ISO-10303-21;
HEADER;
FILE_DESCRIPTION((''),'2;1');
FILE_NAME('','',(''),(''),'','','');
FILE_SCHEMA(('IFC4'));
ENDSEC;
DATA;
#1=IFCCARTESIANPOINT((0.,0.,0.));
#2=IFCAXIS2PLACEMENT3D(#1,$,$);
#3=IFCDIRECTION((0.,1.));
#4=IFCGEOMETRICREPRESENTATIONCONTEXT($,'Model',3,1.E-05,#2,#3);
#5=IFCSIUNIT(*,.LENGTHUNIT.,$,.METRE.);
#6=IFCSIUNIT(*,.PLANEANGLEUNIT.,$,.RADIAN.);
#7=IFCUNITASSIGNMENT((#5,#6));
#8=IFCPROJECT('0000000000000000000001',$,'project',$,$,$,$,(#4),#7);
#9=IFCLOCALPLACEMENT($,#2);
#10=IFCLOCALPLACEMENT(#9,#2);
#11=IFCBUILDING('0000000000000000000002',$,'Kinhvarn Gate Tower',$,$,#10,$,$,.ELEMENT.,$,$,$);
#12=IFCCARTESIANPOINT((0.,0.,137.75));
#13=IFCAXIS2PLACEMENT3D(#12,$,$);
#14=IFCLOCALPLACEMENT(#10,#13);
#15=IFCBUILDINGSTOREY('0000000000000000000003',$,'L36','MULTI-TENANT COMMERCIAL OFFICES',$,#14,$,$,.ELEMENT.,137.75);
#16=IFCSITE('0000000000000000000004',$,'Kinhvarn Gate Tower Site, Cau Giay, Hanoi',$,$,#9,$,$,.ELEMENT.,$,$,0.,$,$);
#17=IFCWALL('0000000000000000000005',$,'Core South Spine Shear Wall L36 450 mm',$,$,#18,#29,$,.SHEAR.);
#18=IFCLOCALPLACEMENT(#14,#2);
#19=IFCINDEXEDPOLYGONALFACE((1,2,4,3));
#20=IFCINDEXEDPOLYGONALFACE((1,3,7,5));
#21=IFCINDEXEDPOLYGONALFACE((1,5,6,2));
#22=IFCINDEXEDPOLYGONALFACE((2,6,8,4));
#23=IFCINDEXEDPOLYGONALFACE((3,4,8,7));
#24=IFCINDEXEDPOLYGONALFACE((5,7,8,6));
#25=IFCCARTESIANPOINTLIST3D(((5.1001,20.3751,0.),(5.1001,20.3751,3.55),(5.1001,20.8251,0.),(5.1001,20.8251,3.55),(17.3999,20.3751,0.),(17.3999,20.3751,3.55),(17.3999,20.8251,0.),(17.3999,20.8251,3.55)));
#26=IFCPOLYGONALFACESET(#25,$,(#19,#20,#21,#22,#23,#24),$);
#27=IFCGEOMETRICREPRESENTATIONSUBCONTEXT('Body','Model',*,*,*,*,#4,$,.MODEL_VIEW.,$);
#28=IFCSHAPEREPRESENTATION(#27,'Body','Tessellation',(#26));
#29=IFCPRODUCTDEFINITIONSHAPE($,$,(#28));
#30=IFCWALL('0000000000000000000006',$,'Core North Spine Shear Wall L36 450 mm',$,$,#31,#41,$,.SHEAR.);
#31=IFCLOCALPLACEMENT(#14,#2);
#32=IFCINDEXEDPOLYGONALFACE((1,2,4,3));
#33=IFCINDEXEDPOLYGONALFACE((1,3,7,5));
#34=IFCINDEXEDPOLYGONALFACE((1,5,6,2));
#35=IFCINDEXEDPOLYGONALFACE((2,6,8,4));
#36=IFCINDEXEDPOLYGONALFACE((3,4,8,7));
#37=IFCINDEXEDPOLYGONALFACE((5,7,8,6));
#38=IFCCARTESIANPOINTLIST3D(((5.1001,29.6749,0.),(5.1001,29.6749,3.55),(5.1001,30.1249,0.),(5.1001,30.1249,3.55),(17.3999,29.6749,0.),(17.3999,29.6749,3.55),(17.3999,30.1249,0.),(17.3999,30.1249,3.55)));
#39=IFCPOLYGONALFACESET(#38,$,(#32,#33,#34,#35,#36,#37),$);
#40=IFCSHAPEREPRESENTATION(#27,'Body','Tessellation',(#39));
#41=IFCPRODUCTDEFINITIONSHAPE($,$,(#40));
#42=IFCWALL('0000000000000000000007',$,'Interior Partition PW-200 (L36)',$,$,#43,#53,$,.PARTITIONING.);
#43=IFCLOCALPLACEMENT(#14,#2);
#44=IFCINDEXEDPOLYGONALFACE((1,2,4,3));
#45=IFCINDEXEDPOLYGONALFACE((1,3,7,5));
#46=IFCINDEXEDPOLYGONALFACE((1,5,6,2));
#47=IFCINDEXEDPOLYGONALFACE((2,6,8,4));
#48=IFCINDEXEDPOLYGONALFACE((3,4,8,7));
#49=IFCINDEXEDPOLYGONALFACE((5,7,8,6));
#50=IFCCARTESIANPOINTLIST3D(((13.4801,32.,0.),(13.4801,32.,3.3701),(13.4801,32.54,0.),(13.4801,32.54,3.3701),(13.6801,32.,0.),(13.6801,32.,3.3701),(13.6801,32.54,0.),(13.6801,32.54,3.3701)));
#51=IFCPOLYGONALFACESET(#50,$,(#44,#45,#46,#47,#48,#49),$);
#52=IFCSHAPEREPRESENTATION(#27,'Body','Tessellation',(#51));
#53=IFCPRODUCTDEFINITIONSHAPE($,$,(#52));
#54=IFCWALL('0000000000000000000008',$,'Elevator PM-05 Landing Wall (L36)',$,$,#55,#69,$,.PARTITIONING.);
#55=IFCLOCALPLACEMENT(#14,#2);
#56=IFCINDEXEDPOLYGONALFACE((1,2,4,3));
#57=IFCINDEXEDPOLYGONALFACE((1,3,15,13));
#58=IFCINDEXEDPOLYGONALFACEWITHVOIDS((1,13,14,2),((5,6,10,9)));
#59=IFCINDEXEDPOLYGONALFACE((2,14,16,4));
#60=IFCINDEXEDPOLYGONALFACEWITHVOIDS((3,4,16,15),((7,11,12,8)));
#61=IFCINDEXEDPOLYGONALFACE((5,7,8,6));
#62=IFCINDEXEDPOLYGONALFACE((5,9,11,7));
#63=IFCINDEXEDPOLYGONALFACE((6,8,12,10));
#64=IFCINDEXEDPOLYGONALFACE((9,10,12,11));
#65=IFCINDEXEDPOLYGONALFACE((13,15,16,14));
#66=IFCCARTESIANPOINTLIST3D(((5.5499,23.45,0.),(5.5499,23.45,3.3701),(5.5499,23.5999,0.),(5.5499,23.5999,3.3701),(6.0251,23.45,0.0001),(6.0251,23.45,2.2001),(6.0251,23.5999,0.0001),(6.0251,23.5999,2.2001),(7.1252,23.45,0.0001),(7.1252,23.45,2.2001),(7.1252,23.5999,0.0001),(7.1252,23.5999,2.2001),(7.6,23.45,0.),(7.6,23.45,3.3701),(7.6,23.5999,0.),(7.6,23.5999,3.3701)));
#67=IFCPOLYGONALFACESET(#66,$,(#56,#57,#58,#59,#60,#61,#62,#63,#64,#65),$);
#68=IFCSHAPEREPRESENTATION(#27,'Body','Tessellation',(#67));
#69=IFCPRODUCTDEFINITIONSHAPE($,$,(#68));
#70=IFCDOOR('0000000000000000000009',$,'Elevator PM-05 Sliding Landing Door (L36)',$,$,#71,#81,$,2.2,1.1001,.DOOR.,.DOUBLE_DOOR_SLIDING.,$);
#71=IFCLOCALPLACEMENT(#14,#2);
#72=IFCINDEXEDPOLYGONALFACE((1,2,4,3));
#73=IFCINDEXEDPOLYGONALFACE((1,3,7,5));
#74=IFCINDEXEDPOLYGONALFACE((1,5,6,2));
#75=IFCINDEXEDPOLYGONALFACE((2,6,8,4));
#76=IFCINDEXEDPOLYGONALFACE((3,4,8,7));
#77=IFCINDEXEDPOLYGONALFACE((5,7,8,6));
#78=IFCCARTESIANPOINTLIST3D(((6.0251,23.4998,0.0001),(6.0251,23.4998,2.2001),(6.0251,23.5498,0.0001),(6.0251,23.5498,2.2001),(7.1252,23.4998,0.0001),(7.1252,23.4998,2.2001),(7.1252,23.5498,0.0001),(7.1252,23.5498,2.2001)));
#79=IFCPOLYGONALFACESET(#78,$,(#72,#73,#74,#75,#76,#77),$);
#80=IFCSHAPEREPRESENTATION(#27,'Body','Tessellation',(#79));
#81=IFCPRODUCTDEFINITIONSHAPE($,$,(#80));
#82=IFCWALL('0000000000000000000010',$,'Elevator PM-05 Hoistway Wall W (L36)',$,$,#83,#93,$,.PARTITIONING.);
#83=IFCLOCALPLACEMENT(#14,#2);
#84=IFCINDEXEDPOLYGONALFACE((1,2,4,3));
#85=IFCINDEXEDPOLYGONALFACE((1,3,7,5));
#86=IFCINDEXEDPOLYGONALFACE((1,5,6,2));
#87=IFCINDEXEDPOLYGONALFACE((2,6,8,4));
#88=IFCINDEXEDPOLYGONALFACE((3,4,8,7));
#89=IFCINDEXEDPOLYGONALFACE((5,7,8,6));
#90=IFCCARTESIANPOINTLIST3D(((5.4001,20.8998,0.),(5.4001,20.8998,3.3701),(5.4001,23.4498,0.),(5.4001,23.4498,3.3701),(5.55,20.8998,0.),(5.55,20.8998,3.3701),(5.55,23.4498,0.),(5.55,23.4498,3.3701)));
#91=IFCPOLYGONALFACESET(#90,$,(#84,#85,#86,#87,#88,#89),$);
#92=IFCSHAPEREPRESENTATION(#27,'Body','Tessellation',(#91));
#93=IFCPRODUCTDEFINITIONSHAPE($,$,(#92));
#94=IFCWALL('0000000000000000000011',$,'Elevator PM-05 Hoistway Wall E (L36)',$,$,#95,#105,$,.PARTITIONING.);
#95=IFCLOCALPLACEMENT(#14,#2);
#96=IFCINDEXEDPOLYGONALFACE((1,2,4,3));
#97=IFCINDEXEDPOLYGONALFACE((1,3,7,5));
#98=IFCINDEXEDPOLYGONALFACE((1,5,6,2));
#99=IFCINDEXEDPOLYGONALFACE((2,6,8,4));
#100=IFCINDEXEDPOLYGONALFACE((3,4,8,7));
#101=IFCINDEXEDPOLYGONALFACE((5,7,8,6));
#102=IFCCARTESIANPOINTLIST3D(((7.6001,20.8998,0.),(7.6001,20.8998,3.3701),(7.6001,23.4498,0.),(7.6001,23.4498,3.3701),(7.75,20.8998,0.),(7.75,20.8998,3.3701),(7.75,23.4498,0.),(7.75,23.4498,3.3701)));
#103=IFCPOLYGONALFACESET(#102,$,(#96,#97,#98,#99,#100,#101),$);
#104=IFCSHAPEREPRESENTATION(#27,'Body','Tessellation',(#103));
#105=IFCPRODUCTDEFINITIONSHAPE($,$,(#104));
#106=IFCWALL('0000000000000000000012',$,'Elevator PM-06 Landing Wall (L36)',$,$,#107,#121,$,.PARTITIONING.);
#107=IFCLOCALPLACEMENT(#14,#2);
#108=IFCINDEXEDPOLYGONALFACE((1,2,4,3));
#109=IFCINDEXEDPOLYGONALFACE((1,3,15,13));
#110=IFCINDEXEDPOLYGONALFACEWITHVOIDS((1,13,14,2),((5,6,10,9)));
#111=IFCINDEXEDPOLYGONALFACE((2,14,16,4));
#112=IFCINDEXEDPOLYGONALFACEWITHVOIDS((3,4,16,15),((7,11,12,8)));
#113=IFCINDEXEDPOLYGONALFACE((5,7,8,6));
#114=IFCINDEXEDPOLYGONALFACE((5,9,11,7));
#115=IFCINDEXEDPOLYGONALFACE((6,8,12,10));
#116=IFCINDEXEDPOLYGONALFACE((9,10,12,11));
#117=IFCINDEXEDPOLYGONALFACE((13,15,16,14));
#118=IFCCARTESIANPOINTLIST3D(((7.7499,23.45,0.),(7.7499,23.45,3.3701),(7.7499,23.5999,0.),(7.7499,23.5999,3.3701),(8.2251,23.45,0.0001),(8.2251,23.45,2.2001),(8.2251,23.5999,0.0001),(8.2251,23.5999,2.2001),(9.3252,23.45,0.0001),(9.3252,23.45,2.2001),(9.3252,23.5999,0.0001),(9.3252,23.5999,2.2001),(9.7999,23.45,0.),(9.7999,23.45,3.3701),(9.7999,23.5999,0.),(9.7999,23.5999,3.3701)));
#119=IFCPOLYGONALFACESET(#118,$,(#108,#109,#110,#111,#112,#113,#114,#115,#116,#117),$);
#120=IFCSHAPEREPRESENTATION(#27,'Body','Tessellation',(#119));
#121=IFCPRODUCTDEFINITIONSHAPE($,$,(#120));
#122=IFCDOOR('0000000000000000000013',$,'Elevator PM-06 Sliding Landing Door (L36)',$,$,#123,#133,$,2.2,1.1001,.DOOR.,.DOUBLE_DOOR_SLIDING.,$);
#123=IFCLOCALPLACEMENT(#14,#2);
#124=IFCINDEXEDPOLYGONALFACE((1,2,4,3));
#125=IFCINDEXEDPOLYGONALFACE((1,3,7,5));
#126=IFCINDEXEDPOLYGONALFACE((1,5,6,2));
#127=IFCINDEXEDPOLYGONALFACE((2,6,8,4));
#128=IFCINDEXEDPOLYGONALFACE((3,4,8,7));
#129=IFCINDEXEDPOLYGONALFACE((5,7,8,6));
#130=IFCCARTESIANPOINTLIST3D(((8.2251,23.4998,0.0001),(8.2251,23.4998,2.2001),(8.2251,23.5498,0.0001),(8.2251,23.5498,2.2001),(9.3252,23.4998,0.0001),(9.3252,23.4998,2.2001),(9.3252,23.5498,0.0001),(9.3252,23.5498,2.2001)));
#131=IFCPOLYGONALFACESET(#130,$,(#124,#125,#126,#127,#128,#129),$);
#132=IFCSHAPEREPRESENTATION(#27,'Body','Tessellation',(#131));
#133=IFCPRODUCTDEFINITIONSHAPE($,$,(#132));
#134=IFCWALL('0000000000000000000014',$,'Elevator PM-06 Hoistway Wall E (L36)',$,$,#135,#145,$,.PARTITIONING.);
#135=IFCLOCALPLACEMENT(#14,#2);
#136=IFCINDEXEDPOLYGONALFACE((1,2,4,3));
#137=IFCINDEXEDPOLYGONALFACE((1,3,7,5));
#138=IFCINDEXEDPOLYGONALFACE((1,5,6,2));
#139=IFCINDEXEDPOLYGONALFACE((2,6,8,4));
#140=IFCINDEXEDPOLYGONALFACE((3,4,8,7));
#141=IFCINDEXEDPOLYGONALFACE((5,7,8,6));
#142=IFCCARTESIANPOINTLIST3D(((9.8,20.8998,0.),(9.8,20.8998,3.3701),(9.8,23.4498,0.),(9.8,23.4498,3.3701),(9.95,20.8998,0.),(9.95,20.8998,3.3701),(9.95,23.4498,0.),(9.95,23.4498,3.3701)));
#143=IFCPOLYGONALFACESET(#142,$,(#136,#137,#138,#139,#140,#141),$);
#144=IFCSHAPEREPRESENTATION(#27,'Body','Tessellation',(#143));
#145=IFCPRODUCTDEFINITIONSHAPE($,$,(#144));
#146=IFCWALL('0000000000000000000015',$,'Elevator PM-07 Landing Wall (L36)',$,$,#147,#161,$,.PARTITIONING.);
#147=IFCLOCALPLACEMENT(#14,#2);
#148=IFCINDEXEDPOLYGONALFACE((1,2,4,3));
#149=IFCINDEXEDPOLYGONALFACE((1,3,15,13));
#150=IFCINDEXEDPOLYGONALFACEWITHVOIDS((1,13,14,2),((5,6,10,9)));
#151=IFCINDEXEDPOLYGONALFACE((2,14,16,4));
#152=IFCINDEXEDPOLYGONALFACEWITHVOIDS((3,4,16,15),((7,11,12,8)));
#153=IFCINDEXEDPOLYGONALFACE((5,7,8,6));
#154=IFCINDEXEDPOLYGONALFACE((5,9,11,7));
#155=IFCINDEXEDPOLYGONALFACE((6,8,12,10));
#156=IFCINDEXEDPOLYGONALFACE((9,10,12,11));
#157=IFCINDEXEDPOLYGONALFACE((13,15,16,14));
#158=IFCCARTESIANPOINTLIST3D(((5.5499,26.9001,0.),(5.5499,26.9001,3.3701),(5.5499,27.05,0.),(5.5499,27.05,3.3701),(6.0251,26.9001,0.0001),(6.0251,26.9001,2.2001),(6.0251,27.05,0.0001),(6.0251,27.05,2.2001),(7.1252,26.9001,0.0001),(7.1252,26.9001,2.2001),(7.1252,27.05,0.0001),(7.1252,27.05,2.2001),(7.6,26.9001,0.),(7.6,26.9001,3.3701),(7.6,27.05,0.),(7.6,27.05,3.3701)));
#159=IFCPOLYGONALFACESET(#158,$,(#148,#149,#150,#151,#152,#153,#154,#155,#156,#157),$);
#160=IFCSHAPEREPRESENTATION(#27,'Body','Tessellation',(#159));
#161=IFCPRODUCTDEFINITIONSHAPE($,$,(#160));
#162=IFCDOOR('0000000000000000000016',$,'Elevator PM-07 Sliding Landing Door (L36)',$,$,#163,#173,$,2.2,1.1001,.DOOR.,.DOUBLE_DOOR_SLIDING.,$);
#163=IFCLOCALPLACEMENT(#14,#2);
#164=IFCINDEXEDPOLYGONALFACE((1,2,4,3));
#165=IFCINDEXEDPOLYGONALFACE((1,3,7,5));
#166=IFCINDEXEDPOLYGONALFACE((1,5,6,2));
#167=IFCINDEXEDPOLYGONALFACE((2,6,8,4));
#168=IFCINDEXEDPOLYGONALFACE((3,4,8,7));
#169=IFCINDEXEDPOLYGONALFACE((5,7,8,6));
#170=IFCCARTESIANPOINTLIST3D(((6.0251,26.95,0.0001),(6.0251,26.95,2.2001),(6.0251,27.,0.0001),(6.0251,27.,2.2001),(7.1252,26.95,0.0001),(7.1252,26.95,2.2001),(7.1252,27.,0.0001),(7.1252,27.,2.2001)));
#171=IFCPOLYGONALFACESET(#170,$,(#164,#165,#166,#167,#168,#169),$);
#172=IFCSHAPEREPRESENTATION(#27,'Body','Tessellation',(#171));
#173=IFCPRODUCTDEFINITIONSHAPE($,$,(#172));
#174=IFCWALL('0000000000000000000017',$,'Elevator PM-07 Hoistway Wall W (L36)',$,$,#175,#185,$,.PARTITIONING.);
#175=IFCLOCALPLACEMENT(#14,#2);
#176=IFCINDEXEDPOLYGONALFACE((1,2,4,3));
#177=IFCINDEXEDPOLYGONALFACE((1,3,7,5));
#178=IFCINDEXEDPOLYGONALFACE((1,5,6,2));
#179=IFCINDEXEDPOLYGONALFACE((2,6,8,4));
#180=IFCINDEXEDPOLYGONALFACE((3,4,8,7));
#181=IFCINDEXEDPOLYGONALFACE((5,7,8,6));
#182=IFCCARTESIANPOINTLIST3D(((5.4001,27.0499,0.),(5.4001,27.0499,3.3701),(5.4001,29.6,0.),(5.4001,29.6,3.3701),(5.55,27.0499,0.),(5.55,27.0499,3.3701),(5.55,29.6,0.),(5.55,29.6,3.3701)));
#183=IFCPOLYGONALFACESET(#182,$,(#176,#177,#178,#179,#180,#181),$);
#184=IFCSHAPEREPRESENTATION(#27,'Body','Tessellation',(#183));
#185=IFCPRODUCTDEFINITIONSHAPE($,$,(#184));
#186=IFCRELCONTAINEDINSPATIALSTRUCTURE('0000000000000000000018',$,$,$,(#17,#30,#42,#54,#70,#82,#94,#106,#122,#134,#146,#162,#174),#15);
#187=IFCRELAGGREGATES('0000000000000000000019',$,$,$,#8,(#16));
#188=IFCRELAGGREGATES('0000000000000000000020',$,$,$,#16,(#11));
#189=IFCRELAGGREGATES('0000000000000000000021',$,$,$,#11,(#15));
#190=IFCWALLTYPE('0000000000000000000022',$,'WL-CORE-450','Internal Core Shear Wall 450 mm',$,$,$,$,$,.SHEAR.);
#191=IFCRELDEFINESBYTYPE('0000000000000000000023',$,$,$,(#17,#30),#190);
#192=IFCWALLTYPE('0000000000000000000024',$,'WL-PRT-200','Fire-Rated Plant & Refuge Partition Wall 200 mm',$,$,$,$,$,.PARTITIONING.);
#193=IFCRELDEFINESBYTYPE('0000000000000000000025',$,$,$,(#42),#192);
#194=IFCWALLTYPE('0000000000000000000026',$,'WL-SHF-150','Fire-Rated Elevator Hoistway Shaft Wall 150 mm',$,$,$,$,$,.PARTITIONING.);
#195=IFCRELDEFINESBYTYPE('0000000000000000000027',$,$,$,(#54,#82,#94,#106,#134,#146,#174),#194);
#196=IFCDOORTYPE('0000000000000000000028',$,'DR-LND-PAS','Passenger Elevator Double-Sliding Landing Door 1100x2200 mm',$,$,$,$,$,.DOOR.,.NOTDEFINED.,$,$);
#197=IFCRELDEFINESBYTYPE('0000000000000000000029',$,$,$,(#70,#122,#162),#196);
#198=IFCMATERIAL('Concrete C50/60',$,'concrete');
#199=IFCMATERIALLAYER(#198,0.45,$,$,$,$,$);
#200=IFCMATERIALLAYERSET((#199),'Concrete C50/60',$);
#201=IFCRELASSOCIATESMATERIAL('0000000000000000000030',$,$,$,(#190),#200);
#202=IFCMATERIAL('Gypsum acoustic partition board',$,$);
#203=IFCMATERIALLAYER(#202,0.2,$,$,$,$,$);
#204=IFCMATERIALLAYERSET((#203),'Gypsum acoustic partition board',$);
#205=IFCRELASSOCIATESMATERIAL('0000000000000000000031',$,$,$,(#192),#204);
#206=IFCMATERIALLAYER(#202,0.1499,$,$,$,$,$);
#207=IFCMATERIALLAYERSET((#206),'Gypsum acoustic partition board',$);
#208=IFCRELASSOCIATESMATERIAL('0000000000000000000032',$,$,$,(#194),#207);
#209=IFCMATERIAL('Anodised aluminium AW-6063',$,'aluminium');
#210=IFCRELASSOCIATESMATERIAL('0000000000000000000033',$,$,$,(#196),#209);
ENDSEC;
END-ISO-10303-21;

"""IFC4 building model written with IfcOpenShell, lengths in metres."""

from ifc_helpers import new_model, si_unit, direction, frame, frame_2d, origin, place, context, subcontext, project, spatial, rectangle, extrude, material, layer, layer_set, type_object, element, fill, save


model = new_model("IFC4")

# Units and contexts
model_context = context("Model", 3, precision=1e-05, world=origin(), true_north=direction((0.0, 1.0)))
body_context = subcontext(model_context, "Body", "Model", "MODEL_VIEW")
ifc_project = project(units=[si_unit("LENGTHUNIT", "METRE"), si_unit("PLANEANGLEUNIT", "RADIAN")], contexts=[model_context])

# Site, building, storey
site_placement = place(None, origin())
site = spatial("IfcSite", under=ifc_project, at=site_placement, Name="Kinhvarn Gate Tower Site, Cau Giay, Hanoi", CompositionType="ELEMENT", RefElevation=0.0)
building_placement = place(site_placement, origin())
building = spatial("IfcBuilding", under=site, at=building_placement, Name="Kinhvarn Gate Tower", CompositionType="ELEMENT")
storey_placement = place(building_placement, frame((0.0, 0.0, 137.75)))
storey = spatial("IfcBuildingStorey", under=building, at=storey_placement, Name="L36", Description="MULTI-TENANT COMMERCIAL OFFICES", CompositionType="ELEMENT", Elevation=137.75)

# Walls
ifc_material_1 = material(Name="Concrete C50/60", Category="concrete")
ifc_layer_1 = layer(ifc_material_1, 0.45)
ifc_layer_set_1 = layer_set([ifc_layer_1], Name="Concrete C50/60")
wall_type_1 = type_object("IfcWallType", Name="WL-CORE-450", Description="Internal Core Shear Wall 450 mm", PredefinedType="SHEAR", material=ifc_layer_set_1)
for number, where, z_axis, x_axis, name in (
    (1, (5.1001, 20.6001, 0.0), (0.0, 0.0, 1.0), (1.0, 0.0, 0.0), "Core South Spine Shear Wall L36 450 mm"),
    (2, (5.1001, 29.8999, 0.0), (0.0, 0.0, 1.0), (1.0, 0.0, 0.0), "Core North Spine Shear Wall L36 450 mm"),
):
    element("IfcWall", number, at=place(storey_placement, frame(where, z_axis=z_axis, x_axis=x_axis)), inside=storey, type_object=wall_type_1, Name=name, PredefinedType="SHEAR", context=body_context, shape_type="SweptSolid", body=[
        extrude(rectangle(XDim=12.2998, YDim=0.45, at=frame_2d((6.1499, 0.0))), origin(), (0.0, 0.0, 1.0), 3.55),
    ])
ifc_material_2 = material(Name="Gypsum acoustic partition board")
ifc_layer_2 = layer(ifc_material_2, 0.2)
ifc_layer_set_2 = layer_set([ifc_layer_2], Name="Gypsum acoustic partition board")
wall_type_2 = type_object("IfcWallType", Name="WL-PRT-200", Description="Fire-Rated Plant & Refuge Partition Wall 200 mm", PredefinedType="PARTITIONING", material=ifc_layer_set_2)
wall_1_placement = place(storey_placement, frame((13.5801, 32.0, 0.0), z_axis=(0.0, 0.0, 1.0), x_axis=(0.0, 1.0, 0.0)))
element("IfcWall", 3, at=wall_1_placement, inside=storey, type_object=wall_type_2, Name="Interior Partition PW-200 (L36)", PredefinedType="PARTITIONING", context=body_context, shape_type="SweptSolid", body=[
    extrude(rectangle(XDim=0.54, YDim=0.2, at=frame_2d((0.27, 0.0))), origin(), (0.0, 0.0, 1.0), 3.3701),
])

# Wall, opening, door
ifc_layer_3 = layer(ifc_material_2, 0.1499)
ifc_layer_set_3 = layer_set([ifc_layer_3], Name="Gypsum acoustic partition board")
wall_type_3 = type_object("IfcWallType", Name="WL-SHF-150", Description="Fire-Rated Elevator Hoistway Shaft Wall 150 mm", PredefinedType="PARTITIONING", material=ifc_layer_set_3)
wall_2_placement = place(storey_placement, frame((5.55, 23.5249, 0.0), z_axis=(0.0, 0.0, 1.0), x_axis=(1.0, 0.0, 0.0)))
wall_2 = element("IfcWall", 4, at=wall_2_placement, inside=storey, type_object=wall_type_3, Name="Elevator PM-05 Landing Wall (L36)", PredefinedType="PARTITIONING", context=body_context, shape_type="SweptSolid", body=[
    extrude(rectangle(XDim=2.05, YDim=0.1499, at=frame_2d((1.0249, 0.0))), origin(), (0.0, 0.0, 1.0), 3.3701),
])
opening_1_placement = place(wall_2_placement, frame((0.4751, 0.0, 0.0)))
opening_1 = element("IfcOpeningElement", 5, at=opening_1_placement, cuts=wall_2, PredefinedType="OPENING", context=body_context, shape_type="SweptSolid", body=[
    extrude(rectangle(XDim=1.1001, YDim=2.2, at=frame_2d((0.55, 1.1001))), frame((0.0, 0.085, 0.0), z_axis=(0.0, -1.0, 0.0), x_axis=(1.0, 0.0, 0.0)), (0.0, 0.0, 1.0), 0.1699),
])
ifc_material_3 = material(Name="Anodised aluminium AW-6063", Category="aluminium")
door_type_1 = type_object("IfcDoorType", Name="DR-LND-PAS", Description="Passenger Elevator Double-Sliding Landing Door 1100x2200 mm", OperationType="NOTDEFINED", PredefinedType="DOOR", material=ifc_material_3)
door_1_placement = place(opening_1_placement, origin())
door_1 = element("IfcDoor", 6, at=door_1_placement, inside=storey, type_object=door_type_1, Name="Elevator PM-05 Sliding Landing Door (L36)", OperationType="DOUBLE_DOOR_SLIDING", OverallHeight=2.2, OverallWidth=1.1001, PredefinedType="DOOR", context=body_context, shape_type="SweptSolid", body=[
    extrude(rectangle(XDim=1.1001, YDim=2.2, at=frame_2d((0.55, 1.1001))), frame((0.0, 0.0249, 0.0), z_axis=(0.0, -1.0, 0.0), x_axis=(1.0, 0.0, 0.0)), (0.0, 0.0, 1.0), 0.05),
])
fill(opening_1, door_1)

# Walls
for number, where, z_axis, x_axis, name in (
    (7, (5.4751, 20.8999, 0.0), (0.0, 0.0, 1.0), (0.0, 1.0, 0.0), "Elevator PM-05 Hoistway Wall W (L36)"),
    (8, (7.675, 20.8999, 0.0), (0.0, 0.0, 1.0), (0.0, 1.0, 0.0), "Elevator PM-05 Hoistway Wall E (L36)"),
):
    element("IfcWall", number, at=place(storey_placement, frame(where, z_axis=z_axis, x_axis=x_axis)), inside=storey, type_object=wall_type_3, Name=name, PredefinedType="PARTITIONING", context=body_context, shape_type="SweptSolid", body=[
        extrude(rectangle(XDim=2.55, YDim=0.1499, at=frame_2d((1.2749, 0.0))), origin(), (0.0, 0.0, 1.0), 3.3701),
    ])

# Wall, opening, door
wall_3_placement = place(storey_placement, frame((7.75, 23.5249, 0.0), z_axis=(0.0, 0.0, 1.0), x_axis=(1.0, 0.0, 0.0)))
wall_3 = element("IfcWall", 9, at=wall_3_placement, inside=storey, type_object=wall_type_3, Name="Elevator PM-06 Landing Wall (L36)", PredefinedType="PARTITIONING", context=body_context, shape_type="SweptSolid", body=[
    extrude(rectangle(XDim=2.05, YDim=0.1499, at=frame_2d((1.0249, 0.0))), origin(), (0.0, 0.0, 1.0), 3.3701),
])
opening_2_placement = place(wall_3_placement, frame((0.4751, 0.0, 0.0)))
opening_2 = element("IfcOpeningElement", 10, at=opening_2_placement, cuts=wall_3, PredefinedType="OPENING", context=body_context, shape_type="SweptSolid", body=[
    extrude(rectangle(XDim=1.1001, YDim=2.2, at=frame_2d((0.55, 1.1001))), frame((0.0, 0.085, 0.0), z_axis=(0.0, -1.0, 0.0), x_axis=(1.0, 0.0, 0.0)), (0.0, 0.0, 1.0), 0.1699),
])
door_2_placement = place(opening_2_placement, origin())
door_2 = element("IfcDoor", 11, at=door_2_placement, inside=storey, type_object=door_type_1, Name="Elevator PM-06 Sliding Landing Door (L36)", OperationType="DOUBLE_DOOR_SLIDING", OverallHeight=2.2, OverallWidth=1.1001, PredefinedType="DOOR", context=body_context, shape_type="SweptSolid", body=[
    extrude(rectangle(XDim=1.1001, YDim=2.2, at=frame_2d((0.55, 1.1001))), frame((0.0, 0.0249, 0.0), z_axis=(0.0, -1.0, 0.0), x_axis=(1.0, 0.0, 0.0)), (0.0, 0.0, 1.0), 0.05),
])
fill(opening_2, door_2)

# Wall
wall_4_placement = place(storey_placement, frame((9.875, 20.8999, 0.0), z_axis=(0.0, 0.0, 1.0), x_axis=(0.0, 1.0, 0.0)))
element("IfcWall", 12, at=wall_4_placement, inside=storey, type_object=wall_type_3, Name="Elevator PM-06 Hoistway Wall E (L36)", PredefinedType="PARTITIONING", context=body_context, shape_type="SweptSolid", body=[
    extrude(rectangle(XDim=2.55, YDim=0.1499, at=frame_2d((1.2749, 0.0))), origin(), (0.0, 0.0, 1.0), 3.3701),
])

# Wall, opening, door
wall_5_placement = place(storey_placement, frame((5.55, 26.9751, 0.0), z_axis=(0.0, 0.0, 1.0), x_axis=(1.0, 0.0, 0.0)))
wall_5 = element("IfcWall", 13, at=wall_5_placement, inside=storey, type_object=wall_type_3, Name="Elevator PM-07 Landing Wall (L36)", PredefinedType="PARTITIONING", context=body_context, shape_type="SweptSolid", body=[
    extrude(rectangle(XDim=2.05, YDim=0.1499, at=frame_2d((1.0249, 0.0))), origin(), (0.0, 0.0, 1.0), 3.3701),
])
opening_3_placement = place(wall_5_placement, frame((0.4751, 0.0, 0.0)))
opening_3 = element("IfcOpeningElement", 14, at=opening_3_placement, cuts=wall_5, PredefinedType="OPENING", context=body_context, shape_type="SweptSolid", body=[
    extrude(rectangle(XDim=1.1001, YDim=2.2, at=frame_2d((0.55, 1.1001))), frame((0.0, 0.085, 0.0), z_axis=(0.0, -1.0, 0.0), x_axis=(1.0, 0.0, 0.0)), (0.0, 0.0, 1.0), 0.1699),
])
door_3_placement = place(opening_3_placement, origin())
door_3 = element("IfcDoor", 15, at=door_3_placement, inside=storey, type_object=door_type_1, Name="Elevator PM-07 Sliding Landing Door (L36)", OperationType="DOUBLE_DOOR_SLIDING", OverallHeight=2.2, OverallWidth=1.1001, PredefinedType="DOOR", context=body_context, shape_type="SweptSolid", body=[
    extrude(rectangle(XDim=1.1001, YDim=2.2, at=frame_2d((0.55, 1.1001))), frame((0.0, 0.0249, 0.0), z_axis=(0.0, -1.0, 0.0), x_axis=(1.0, 0.0, 0.0)), (0.0, 0.0, 1.0), 0.05),
])
fill(opening_3, door_3)

# Wall
for number, where, z_axis, x_axis, name in (
    (16, (5.4751, 27.05, 0.0), (0.0, 0.0, 1.0), (0.0, 1.0, 0.0), "Elevator PM-07 Hoistway Wall W (L36)"),
):
    element("IfcWall", number, at=place(storey_placement, frame(where, z_axis=z_axis, x_axis=x_axis)), inside=storey, type_object=wall_type_3, Name=name, PredefinedType="PARTITIONING", context=body_context, shape_type="SweptSolid", body=[
        extrude(rectangle(XDim=2.55, YDim=0.1499, at=frame_2d((1.2749, 0.0))), origin(), (0.0, 0.0, 1.0), 3.3701),
    ])

save(model, "model.ifc")
